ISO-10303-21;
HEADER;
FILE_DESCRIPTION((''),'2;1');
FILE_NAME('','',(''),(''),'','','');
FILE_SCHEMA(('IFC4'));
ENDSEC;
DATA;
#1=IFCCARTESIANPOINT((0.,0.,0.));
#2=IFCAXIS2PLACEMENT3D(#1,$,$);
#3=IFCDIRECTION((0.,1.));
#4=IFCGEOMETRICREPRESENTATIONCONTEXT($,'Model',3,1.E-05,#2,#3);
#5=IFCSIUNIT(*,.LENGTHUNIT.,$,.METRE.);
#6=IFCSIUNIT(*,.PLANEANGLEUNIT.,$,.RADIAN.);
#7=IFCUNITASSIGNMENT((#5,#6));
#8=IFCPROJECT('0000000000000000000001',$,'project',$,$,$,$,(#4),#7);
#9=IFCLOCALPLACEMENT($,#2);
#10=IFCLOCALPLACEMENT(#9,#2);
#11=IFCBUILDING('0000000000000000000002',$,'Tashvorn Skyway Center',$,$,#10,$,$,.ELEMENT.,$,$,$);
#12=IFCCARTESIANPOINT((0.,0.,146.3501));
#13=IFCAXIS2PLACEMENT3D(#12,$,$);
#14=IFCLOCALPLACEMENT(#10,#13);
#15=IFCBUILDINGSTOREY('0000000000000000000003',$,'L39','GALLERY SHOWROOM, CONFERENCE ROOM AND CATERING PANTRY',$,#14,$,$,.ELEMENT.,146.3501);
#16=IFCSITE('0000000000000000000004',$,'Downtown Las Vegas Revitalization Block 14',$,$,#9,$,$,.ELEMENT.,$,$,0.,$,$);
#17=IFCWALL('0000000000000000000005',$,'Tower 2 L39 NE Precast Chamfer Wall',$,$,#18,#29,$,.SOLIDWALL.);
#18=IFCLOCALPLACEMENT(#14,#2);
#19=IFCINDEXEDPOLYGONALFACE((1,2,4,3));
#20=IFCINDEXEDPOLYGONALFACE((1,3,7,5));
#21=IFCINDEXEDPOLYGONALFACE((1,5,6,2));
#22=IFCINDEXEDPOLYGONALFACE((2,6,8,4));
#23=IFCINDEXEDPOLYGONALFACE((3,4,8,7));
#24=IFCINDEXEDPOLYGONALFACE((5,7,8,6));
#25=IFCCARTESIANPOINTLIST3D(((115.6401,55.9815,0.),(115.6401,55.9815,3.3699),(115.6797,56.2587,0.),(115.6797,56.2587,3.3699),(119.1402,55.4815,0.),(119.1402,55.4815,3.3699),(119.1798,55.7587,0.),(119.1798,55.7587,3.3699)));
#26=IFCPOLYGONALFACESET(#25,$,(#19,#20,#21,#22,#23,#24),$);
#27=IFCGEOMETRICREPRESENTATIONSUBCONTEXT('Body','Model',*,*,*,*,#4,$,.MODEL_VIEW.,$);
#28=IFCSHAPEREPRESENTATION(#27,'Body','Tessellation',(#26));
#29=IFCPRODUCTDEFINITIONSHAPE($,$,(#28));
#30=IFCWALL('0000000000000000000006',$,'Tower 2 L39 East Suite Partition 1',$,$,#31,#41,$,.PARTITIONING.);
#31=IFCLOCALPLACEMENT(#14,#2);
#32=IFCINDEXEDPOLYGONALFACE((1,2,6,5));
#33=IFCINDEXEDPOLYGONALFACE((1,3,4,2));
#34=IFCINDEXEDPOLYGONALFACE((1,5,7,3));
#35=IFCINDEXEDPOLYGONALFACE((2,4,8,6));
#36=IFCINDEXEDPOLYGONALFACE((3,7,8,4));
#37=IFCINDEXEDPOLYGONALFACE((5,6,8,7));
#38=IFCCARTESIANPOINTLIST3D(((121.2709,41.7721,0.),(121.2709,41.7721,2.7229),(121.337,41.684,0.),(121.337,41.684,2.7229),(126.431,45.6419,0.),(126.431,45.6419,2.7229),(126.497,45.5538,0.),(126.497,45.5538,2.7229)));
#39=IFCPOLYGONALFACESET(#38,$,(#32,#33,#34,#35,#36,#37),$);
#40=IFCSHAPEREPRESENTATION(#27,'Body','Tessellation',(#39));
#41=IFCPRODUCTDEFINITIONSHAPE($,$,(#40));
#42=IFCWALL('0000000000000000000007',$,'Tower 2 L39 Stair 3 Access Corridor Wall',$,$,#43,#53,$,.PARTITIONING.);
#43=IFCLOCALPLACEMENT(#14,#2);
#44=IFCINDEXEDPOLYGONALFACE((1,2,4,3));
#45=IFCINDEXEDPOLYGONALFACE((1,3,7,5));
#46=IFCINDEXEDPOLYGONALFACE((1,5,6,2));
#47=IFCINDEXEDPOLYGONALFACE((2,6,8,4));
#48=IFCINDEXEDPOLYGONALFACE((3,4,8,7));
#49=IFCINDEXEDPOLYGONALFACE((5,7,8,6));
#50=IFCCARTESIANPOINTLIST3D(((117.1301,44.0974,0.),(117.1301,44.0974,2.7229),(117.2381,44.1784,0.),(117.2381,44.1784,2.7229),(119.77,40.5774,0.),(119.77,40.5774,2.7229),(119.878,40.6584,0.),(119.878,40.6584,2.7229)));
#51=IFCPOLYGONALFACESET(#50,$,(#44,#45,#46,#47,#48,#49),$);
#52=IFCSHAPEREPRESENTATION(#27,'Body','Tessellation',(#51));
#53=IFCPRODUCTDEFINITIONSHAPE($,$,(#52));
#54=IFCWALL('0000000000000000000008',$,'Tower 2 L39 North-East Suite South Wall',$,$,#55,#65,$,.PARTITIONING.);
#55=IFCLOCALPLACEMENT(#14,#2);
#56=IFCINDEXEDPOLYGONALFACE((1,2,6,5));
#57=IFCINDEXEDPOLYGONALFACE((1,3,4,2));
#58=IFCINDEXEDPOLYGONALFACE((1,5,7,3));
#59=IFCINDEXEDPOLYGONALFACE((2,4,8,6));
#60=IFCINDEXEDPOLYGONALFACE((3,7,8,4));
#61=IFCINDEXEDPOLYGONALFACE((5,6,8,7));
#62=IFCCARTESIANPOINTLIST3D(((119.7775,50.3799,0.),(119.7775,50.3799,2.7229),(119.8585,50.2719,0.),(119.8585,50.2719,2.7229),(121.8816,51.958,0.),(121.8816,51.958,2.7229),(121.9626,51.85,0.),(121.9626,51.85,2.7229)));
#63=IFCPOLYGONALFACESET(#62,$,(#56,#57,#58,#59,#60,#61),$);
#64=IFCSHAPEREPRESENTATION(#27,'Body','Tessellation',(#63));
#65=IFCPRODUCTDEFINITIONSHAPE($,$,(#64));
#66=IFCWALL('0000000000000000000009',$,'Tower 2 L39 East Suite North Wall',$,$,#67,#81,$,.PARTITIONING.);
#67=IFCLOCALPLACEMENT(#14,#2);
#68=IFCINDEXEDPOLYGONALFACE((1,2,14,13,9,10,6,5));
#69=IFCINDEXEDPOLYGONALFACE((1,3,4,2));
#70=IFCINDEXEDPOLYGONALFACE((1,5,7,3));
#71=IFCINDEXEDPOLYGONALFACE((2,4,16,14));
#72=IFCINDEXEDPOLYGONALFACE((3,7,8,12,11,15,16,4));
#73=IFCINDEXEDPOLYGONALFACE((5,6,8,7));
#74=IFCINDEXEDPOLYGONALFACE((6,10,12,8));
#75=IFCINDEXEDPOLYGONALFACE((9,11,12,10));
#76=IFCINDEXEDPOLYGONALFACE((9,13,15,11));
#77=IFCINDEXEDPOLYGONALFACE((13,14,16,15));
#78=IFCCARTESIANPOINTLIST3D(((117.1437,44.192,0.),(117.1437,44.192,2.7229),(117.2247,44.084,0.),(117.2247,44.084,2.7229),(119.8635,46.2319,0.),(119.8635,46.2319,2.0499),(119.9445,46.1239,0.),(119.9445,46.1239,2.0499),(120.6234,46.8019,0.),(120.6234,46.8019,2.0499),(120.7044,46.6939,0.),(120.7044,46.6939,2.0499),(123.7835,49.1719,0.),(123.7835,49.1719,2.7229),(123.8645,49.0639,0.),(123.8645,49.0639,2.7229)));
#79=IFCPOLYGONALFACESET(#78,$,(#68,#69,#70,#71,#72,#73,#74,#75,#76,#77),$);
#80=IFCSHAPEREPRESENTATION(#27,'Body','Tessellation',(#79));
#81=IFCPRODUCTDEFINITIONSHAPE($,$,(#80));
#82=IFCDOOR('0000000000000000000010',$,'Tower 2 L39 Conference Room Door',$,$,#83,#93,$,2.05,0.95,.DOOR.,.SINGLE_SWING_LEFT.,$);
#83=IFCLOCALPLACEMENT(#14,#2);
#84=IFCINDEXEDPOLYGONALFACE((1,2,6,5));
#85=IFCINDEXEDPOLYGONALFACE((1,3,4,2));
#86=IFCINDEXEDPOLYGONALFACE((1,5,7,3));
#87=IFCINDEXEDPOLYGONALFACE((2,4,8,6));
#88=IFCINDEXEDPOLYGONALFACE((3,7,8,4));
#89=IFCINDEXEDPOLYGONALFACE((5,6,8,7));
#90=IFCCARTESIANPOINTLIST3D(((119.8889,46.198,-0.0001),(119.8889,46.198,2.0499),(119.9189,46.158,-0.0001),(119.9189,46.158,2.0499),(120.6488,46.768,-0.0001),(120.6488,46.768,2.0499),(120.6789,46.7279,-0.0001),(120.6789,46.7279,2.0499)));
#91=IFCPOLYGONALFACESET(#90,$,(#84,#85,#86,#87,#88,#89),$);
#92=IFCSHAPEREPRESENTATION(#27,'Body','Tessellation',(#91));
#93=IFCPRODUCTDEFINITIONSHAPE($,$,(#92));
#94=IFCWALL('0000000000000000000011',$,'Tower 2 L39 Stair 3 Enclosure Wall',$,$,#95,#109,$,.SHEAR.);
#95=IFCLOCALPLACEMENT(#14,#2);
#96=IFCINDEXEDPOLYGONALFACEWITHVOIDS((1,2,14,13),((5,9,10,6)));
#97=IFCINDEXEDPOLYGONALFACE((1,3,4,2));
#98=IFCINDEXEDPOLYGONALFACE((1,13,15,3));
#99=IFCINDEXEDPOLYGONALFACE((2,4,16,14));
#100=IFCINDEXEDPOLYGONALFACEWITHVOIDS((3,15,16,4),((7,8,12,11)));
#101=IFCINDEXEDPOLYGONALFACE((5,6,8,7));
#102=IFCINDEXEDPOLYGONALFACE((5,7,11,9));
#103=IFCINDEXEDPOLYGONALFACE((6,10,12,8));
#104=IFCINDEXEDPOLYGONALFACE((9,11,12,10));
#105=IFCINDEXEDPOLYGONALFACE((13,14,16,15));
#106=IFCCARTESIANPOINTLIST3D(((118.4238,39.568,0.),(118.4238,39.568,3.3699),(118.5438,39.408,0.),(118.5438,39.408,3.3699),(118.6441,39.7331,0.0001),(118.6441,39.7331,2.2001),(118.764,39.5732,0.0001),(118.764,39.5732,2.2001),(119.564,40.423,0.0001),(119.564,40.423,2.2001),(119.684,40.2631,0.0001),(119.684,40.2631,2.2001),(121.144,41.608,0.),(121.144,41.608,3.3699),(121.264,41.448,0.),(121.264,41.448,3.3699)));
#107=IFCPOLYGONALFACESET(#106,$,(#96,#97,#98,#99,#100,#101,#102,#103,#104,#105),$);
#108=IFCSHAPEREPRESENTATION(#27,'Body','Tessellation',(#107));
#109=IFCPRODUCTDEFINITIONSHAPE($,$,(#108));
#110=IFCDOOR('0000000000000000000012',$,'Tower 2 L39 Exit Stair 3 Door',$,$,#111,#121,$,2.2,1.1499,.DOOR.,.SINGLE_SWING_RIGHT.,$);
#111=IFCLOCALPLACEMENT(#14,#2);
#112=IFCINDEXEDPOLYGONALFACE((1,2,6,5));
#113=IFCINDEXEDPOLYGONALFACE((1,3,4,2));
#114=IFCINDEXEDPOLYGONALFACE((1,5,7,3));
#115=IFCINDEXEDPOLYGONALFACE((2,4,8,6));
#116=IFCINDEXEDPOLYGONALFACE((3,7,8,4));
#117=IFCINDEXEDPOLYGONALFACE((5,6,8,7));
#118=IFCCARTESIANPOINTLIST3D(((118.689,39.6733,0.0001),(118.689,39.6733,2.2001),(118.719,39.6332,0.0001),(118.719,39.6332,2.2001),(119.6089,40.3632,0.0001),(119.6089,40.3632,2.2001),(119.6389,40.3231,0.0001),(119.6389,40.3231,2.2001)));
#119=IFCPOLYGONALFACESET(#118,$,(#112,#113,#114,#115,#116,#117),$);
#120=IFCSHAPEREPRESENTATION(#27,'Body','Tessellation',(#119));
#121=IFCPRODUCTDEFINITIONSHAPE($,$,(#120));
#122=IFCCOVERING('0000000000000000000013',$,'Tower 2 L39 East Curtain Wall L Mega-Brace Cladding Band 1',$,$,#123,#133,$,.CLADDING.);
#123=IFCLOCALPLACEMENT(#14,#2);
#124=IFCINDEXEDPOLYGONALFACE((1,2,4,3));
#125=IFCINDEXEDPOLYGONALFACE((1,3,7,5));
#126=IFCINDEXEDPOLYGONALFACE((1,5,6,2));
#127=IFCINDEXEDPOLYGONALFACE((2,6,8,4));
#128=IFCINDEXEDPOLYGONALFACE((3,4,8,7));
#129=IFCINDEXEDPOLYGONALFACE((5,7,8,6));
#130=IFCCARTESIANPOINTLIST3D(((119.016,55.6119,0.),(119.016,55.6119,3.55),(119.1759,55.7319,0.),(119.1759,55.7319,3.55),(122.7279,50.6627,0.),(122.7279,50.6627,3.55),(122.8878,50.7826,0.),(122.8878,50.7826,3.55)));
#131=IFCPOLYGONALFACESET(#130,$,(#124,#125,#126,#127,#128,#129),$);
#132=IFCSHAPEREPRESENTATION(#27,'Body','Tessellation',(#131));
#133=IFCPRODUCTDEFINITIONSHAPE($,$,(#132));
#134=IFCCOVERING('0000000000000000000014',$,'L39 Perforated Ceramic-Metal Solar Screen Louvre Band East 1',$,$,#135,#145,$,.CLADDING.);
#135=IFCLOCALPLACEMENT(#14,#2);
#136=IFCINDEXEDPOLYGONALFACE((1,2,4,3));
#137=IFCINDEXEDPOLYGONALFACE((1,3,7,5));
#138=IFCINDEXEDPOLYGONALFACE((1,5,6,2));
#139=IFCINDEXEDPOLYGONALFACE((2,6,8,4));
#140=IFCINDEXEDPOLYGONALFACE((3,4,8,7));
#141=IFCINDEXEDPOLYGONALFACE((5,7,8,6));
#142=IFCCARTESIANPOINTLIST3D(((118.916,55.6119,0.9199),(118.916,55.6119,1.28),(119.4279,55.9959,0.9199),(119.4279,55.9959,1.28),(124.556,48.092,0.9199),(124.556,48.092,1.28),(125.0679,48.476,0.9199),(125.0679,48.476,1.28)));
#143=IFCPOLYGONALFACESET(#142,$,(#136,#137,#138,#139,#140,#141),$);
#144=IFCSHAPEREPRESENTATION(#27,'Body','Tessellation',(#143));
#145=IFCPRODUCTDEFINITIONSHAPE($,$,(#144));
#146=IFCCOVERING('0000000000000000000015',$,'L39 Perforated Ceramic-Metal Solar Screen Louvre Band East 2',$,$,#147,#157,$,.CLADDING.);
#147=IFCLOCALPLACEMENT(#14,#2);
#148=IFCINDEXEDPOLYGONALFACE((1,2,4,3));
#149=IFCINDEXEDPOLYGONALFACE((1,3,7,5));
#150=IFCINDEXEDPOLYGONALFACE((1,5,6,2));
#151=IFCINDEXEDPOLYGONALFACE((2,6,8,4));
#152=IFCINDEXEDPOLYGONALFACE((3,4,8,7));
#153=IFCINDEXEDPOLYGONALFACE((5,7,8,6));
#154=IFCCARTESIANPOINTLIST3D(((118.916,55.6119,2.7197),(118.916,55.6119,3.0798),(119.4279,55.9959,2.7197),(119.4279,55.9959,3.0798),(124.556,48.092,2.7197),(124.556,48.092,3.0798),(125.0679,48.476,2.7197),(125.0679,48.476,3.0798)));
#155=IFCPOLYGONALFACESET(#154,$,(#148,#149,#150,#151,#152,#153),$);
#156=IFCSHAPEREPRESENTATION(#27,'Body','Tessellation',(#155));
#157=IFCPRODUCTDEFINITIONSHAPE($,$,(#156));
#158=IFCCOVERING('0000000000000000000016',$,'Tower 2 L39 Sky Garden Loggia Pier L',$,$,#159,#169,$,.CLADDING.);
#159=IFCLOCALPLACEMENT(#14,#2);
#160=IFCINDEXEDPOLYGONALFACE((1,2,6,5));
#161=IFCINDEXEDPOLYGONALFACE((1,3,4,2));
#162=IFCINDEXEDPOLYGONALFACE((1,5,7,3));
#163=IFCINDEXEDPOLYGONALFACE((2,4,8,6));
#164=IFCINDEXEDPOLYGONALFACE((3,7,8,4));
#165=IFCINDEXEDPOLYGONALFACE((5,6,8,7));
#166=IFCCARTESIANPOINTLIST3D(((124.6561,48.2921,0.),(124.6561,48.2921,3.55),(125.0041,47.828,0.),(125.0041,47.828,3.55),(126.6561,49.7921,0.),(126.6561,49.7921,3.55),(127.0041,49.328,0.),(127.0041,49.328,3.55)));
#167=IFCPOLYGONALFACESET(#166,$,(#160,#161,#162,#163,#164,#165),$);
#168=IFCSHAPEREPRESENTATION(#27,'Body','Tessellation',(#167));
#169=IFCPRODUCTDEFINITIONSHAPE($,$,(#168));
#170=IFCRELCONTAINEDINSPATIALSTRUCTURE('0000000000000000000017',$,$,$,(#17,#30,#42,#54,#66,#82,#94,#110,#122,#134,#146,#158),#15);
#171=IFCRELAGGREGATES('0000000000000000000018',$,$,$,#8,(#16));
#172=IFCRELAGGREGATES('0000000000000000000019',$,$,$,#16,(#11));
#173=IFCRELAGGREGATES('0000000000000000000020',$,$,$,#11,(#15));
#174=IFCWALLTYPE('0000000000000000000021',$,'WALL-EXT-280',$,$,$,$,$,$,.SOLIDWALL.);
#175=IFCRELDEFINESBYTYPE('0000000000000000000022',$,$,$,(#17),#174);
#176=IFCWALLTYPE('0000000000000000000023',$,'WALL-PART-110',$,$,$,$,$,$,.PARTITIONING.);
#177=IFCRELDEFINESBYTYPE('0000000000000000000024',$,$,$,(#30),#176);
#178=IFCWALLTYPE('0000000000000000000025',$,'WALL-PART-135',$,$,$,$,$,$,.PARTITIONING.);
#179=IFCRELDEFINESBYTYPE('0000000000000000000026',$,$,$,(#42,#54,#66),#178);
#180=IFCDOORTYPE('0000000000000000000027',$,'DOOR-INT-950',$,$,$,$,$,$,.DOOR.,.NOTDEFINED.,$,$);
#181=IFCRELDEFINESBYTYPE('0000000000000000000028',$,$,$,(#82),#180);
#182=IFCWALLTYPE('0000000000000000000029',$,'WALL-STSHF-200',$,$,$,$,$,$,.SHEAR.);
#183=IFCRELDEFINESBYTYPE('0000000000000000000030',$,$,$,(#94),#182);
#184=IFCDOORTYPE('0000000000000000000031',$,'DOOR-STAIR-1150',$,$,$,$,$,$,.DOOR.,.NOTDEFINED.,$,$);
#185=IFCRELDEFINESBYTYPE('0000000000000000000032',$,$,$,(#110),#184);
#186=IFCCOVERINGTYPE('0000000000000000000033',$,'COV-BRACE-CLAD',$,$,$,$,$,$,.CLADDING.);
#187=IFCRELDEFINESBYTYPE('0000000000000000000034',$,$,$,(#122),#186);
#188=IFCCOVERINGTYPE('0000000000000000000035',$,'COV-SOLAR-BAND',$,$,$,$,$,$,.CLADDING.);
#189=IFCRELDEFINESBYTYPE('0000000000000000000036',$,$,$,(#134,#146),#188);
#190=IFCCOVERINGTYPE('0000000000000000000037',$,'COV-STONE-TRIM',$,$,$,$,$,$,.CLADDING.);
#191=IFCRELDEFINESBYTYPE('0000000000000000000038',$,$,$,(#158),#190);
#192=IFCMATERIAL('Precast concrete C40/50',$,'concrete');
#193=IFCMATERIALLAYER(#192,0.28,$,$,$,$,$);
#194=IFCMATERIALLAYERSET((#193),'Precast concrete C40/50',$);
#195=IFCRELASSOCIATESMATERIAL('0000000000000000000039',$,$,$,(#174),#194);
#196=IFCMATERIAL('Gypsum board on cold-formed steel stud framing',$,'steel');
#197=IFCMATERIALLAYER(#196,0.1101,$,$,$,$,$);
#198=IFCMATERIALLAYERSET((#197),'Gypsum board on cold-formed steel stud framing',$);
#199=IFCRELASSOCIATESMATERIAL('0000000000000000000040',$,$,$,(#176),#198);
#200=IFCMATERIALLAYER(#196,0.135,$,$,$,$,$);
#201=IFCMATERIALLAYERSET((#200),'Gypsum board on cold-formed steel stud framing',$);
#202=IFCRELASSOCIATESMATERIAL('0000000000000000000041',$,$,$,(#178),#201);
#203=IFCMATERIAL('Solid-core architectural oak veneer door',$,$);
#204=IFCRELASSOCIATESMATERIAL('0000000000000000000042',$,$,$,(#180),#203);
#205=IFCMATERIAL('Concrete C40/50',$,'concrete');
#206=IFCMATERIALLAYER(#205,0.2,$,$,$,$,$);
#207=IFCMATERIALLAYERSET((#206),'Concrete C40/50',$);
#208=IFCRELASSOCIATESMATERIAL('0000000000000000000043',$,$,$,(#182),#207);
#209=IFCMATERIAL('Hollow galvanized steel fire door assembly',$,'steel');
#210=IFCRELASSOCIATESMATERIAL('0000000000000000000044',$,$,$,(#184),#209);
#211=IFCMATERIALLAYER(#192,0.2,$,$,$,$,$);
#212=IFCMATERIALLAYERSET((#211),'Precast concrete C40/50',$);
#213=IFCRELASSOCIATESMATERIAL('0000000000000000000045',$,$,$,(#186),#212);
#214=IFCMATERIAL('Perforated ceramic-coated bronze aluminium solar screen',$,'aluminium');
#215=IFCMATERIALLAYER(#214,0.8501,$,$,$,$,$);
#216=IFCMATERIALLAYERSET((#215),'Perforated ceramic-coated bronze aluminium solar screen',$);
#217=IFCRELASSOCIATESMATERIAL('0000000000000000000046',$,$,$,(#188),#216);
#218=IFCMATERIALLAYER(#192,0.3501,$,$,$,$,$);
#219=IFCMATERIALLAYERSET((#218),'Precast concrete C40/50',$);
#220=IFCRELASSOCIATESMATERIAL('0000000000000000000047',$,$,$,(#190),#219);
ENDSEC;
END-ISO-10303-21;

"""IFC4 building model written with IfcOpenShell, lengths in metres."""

from ifc_helpers import new_model, si_unit, direction, frame, frame_2d, origin, origin_2d, place, context, subcontext, project, spatial, rectangle, extrude, material, layer, layer_set, type_object, element, fill, save


model = new_model("IFC4")

# Units and contexts
model_context = context("Model", 3, precision=1e-05, world=origin(), true_north=direction((0.0, 1.0)))
body_context = subcontext(model_context, "Body", "Model", "MODEL_VIEW")
ifc_project = project(units=[si_unit("LENGTHUNIT", "METRE"), si_unit("PLANEANGLEUNIT", "RADIAN")], contexts=[model_context])

# Site, building, storey
site_placement = place(None, origin())
site = spatial("IfcSite", under=ifc_project, at=site_placement, Name="Downtown Las Vegas Revitalization Block 14", CompositionType="ELEMENT", RefElevation=0.0)
building_placement = place(site_placement, origin())
building = spatial("IfcBuilding", under=site, at=building_placement, Name="Tashvorn Skyway Center", CompositionType="ELEMENT")
storey_placement = place(building_placement, frame((0.0, 0.0, 146.3501)))
storey = spatial("IfcBuildingStorey", under=building, at=storey_placement, Name="L39", Description="GALLERY SHOWROOM, CONFERENCE ROOM AND CATERING PANTRY", CompositionType="ELEMENT", Elevation=146.3501)

# Shared definitions
ifc_material_1 = material(Name="Precast concrete C40/50", Category="concrete")
ifc_layer_1 = layer(ifc_material_1, 0.28)
ifc_layer_set_1 = layer_set([ifc_layer_1], Name="Precast concrete C40/50")
wall_type_1 = type_object("IfcWallType", Name="WALL-EXT-280", PredefinedType="SOLIDWALL", material=ifc_layer_set_1)

# Walls
wall_1_placement = place(storey_placement, frame((115.6599, 56.1201, 0.0), z_axis=(0.0, 0.0, 1.0), x_axis=(0.989949, -0.141421, 0.0)))
element("IfcWall", 1, at=wall_1_placement, inside=storey, type_object=wall_type_1, Name="Tower 2 L39 NE Precast Chamfer Wall", PredefinedType="SOLIDWALL", context=body_context, shape_type="SweptSolid", body=[
    extrude(rectangle(XDim=3.5356, YDim=0.28, at=frame_2d((1.7678, 0.0))), origin(), (0.0, 0.0, 1.0), 3.3699),
])
ifc_material_2 = material(Name="Gypsum board on cold-formed steel stud framing", Category="steel")
ifc_layer_2 = layer(ifc_material_2, 0.1101)
ifc_layer_set_2 = layer_set([ifc_layer_2], Name="Gypsum board on cold-formed steel stud framing")
wall_type_2 = type_object("IfcWallType", Name="WALL-PART-110", PredefinedType="PARTITIONING", material=ifc_layer_set_2)
wall_2_placement = place(storey_placement, frame((126.4641, 45.5979, 0.0), z_axis=(0.0, 0.0, 1.0), x_axis=(-0.800018, -0.599976, 0.0)))
element("IfcWall", 2, at=wall_2_placement, inside=storey, type_object=wall_type_2, Name="Tower 2 L39 East Suite Partition 1", PredefinedType="PARTITIONING", context=body_context, shape_type="SweptSolid", body=[
    extrude(rectangle(XDim=6.45, YDim=0.1101, at=frame_2d((3.2251, 0.0))), origin(), (0.0, 0.0, 1.0), 2.7229),
])
ifc_layer_3 = layer(ifc_material_2, 0.135)
ifc_layer_set_3 = layer_set([ifc_layer_3], Name="Gypsum board on cold-formed steel stud framing")
wall_type_3 = type_object("IfcWallType", Name="WALL-PART-135", PredefinedType="PARTITIONING", material=ifc_layer_set_3)
wall_3_placement = place(storey_placement, frame((119.824, 40.6179, 0.0), z_axis=(0.0, 0.0, 1.0), x_axis=(-0.599982, 0.800013, 0.0)))
element("IfcWall", 3, at=wall_3_placement, inside=storey, type_object=wall_type_3, Name="Tower 2 L39 Stair 3 Access Corridor Wall", PredefinedType="PARTITIONING", context=body_context, shape_type="SweptSolid", body=[
    extrude(rectangle(XDim=4.3999, YDim=0.135, at=frame_2d((2.2, 0.0))), origin(), (0.0, 0.0, 1.0), 2.7229),
])
wall_4_placement = place(storey_placement, frame((119.8181, 50.3259, 0.0), z_axis=(0.0, 0.0, 1.0), x_axis=(0.799978, 0.60003, 0.0)))
element("IfcWall", 4, at=wall_4_placement, inside=storey, type_object=wall_type_3, Name="Tower 2 L39 North-East Suite South Wall", PredefinedType="PARTITIONING", context=body_context, shape_type="SweptSolid", body=[
    extrude(rectangle(XDim=2.6301, YDim=0.135, at=frame_2d((1.3149, 0.0))), origin(), (0.0, 0.0, 1.0), 2.7229),
])

# Walls, openings, doors
wall_5_placement = place(storey_placement, frame((123.824, 49.1179, 0.0), z_axis=(0.0, 0.0, 1.0), x_axis=(-0.799996, -0.600005, 0.0)))
wall_5 = element("IfcWall", 5, at=wall_5_placement, inside=storey, type_object=wall_type_3, Name="Tower 2 L39 East Suite North Wall", PredefinedType="PARTITIONING", context=body_context, shape_type="SweptSolid", body=[
    extrude(rectangle(XDim=8.2998, YDim=0.135, at=frame_2d((4.1499, 0.0))), origin(), (0.0, 0.0, 1.0), 2.7229),
])
opening_1_placement = place(wall_5_placement, frame((3.95, 0.0, 0.0)))
opening_1 = element("IfcOpeningElement", 6, at=opening_1_placement, cuts=wall_5, PredefinedType="OPENING", context=body_context, shape_type="SweptSolid", body=[
    extrude(rectangle(XDim=0.95, YDim=2.05, at=frame_2d((0.4751, 1.0249))), frame((0.0, 0.0774, 0.0), z_axis=(0.0, -1.0, 0.0), x_axis=(1.0, 0.0, 0.0)), (0.0, 0.0, 1.0), 0.155),
])
ifc_material_3 = material(Name="Solid-core architectural oak veneer door")
door_type_1 = type_object("IfcDoorType", Name="DOOR-INT-950", OperationType="NOTDEFINED", PredefinedType="DOOR", material=ifc_material_3)
door_1_placement = place(opening_1_placement, origin())
door_1 = element("IfcDoor", 7, at=door_1_placement, inside=storey, type_object=door_type_1, Name="Tower 2 L39 Conference Room Door", OperationType="SINGLE_SWING_LEFT", OverallHeight=2.05, OverallWidth=0.95, PredefinedType="DOOR", context=body_context, shape_type="SweptSolid", body=[
    extrude(rectangle(XDim=0.95, YDim=2.05, at=frame_2d((0.4751, 1.0249))), frame((0.0, 0.0249, 0.0), z_axis=(0.0, -1.0, 0.0), x_axis=(1.0, 0.0, 0.0)), (0.0, 0.0, 1.0), 0.05),
])
fill(opening_1, door_1)
ifc_material_4 = material(Name="Concrete C40/50", Category="concrete")
ifc_layer_4 = layer(ifc_material_4, 0.2)
ifc_layer_set_4 = layer_set([ifc_layer_4], Name="Concrete C40/50")
wall_type_4 = type_object("IfcWallType", Name="WALL-STSHF-200", PredefinedType="SHEAR", material=ifc_layer_set_4)
wall_6_placement = place(storey_placement, frame((121.2041, 41.5281, 0.0), z_axis=(0.0, 0.0, 1.0), x_axis=(-0.800017, -0.599977, 0.0)))
wall_6 = element("IfcWall", 8, at=wall_6_placement, inside=storey, type_object=wall_type_4, Name="Tower 2 L39 Stair 3 Enclosure Wall", PredefinedType="SHEAR", context=body_context, shape_type="SweptSolid", body=[
    extrude(rectangle(XDim=3.4001, YDim=0.2, at=frame_2d((1.7002, 0.0))), origin(), (0.0, 0.0, 1.0), 3.3699),
])
opening_2_placement = place(wall_6_placement, frame((1.9751, 0.0, 0.0)))
opening_2 = element("IfcOpeningElement", 9, at=opening_2_placement, cuts=wall_6, PredefinedType="OPENING", context=body_context, shape_type="SweptSolid", body=[
    extrude(rectangle(XDim=1.1499, YDim=2.2, at=frame_2d((0.575, 1.1001))), frame((0.0, 0.1099, 0.0), z_axis=(0.0, -1.0, 0.0), x_axis=(1.0, 0.0, 0.0)), (0.0, 0.0, 1.0), 0.22),
])
ifc_material_5 = material(Name="Hollow galvanized steel fire door assembly", Category="steel")
door_type_2 = type_object("IfcDoorType", Name="DOOR-STAIR-1150", OperationType="NOTDEFINED", PredefinedType="DOOR", material=ifc_material_5)
door_2_placement = place(opening_2_placement, origin())
door_2 = element("IfcDoor", 10, at=door_2_placement, inside=storey, type_object=door_type_2, Name="Tower 2 L39 Exit Stair 3 Door", OperationType="SINGLE_SWING_RIGHT", OverallHeight=2.2, OverallWidth=1.1499, PredefinedType="DOOR", context=body_context, shape_type="SweptSolid", body=[
    extrude(rectangle(XDim=1.1499, YDim=2.2, at=frame_2d((0.575, 1.1001))), frame((0.0, 0.0249, 0.0), z_axis=(0.0, -1.0, 0.0), x_axis=(1.0, 0.0, 0.0)), (0.0, 0.0, 1.0), 0.05),
])
fill(opening_2, door_2)

# Coverings
ifc_layer_5 = layer(ifc_material_1, 0.2)
ifc_layer_set_5 = layer_set([ifc_layer_5], Name="Precast concrete C40/50")
covering_type_1 = type_object("IfcCoveringType", Name="COV-BRACE-CLAD", PredefinedType="CLADDING", material=ifc_layer_set_5)
covering_1_placement = place(storey_placement, frame((120.9519, 53.1973, 0.0), z_axis=(0.0, 0.0, 1.0), x_axis=(0.6, -0.8, 0.0)))
element("IfcCovering", 11, at=covering_1_placement, inside=storey, type_object=covering_type_1, Name="Tower 2 L39 East Curtain Wall L Mega-Brace Cladding Band 1", PredefinedType="CLADDING", context=body_context, shape_type="SweptSolid", body=[
    extrude(rectangle(XDim=6.1865, YDim=0.2, at=origin_2d()), origin(), (0.0, 0.0, 1.0), 3.55),
])
ifc_material_6 = material(Name="Perforated ceramic-coated bronze aluminium solar screen", Category="aluminium")
ifc_layer_6 = layer(ifc_material_6, 0.8501)
ifc_layer_set_6 = layer_set([ifc_layer_6], Name="Perforated ceramic-coated bronze aluminium solar screen")
covering_type_2 = type_object("IfcCoveringType", Name="COV-SOLAR-BAND", PredefinedType="CLADDING", material=ifc_layer_set_6)
for number, where, z_axis, x_axis, name in (
    (12, (121.9919, 52.0439, 0.9199), (0.0, 0.0, 1.0), (0.6, -0.8, 0.0), "L39 Perforated Ceramic-Metal Solar Screen Louvre Band East 1"),
    (13, (121.9919, 52.0439, 2.7197), (0.0, 0.0, 1.0), (0.6, -0.8, 0.0), "L39 Perforated Ceramic-Metal Solar Screen Louvre Band East 2"),
):
    element("IfcCovering", number, at=place(storey_placement, frame(where, z_axis=z_axis, x_axis=x_axis)), inside=storey, type_object=covering_type_2, Name=name, PredefinedType="CLADDING", context=body_context, shape_type="SweptSolid", body=[
        extrude(rectangle(XDim=9.3999, YDim=0.6399, at=origin_2d()), origin(), (0.0, 0.0, 1.0), 0.3601),
    ])
ifc_layer_7 = layer(ifc_material_1, 0.3501)
ifc_layer_set_7 = layer_set([ifc_layer_7], Name="Precast concrete C40/50")
covering_type_3 = type_object("IfcCoveringType", Name="COV-STONE-TRIM", PredefinedType="CLADDING", material=ifc_layer_set_7)
covering_2_placement = place(storey_placement, frame((125.8301, 48.8101, 0.0), z_axis=(0.0, 0.0, 1.0), x_axis=(0.6, -0.8, 0.0)))
element("IfcCovering", 14, at=covering_2_placement, inside=storey, type_object=covering_type_3, Name="Tower 2 L39 Sky Garden Loggia Pier L", PredefinedType="CLADDING", context=body_context, shape_type="SweptSolid", body=[
    extrude(rectangle(XDim=0.5801, YDim=2.5, at=origin_2d()), origin(), (0.0, 0.0, 1.0), 3.55),
])

save(model, "model.ifc")
